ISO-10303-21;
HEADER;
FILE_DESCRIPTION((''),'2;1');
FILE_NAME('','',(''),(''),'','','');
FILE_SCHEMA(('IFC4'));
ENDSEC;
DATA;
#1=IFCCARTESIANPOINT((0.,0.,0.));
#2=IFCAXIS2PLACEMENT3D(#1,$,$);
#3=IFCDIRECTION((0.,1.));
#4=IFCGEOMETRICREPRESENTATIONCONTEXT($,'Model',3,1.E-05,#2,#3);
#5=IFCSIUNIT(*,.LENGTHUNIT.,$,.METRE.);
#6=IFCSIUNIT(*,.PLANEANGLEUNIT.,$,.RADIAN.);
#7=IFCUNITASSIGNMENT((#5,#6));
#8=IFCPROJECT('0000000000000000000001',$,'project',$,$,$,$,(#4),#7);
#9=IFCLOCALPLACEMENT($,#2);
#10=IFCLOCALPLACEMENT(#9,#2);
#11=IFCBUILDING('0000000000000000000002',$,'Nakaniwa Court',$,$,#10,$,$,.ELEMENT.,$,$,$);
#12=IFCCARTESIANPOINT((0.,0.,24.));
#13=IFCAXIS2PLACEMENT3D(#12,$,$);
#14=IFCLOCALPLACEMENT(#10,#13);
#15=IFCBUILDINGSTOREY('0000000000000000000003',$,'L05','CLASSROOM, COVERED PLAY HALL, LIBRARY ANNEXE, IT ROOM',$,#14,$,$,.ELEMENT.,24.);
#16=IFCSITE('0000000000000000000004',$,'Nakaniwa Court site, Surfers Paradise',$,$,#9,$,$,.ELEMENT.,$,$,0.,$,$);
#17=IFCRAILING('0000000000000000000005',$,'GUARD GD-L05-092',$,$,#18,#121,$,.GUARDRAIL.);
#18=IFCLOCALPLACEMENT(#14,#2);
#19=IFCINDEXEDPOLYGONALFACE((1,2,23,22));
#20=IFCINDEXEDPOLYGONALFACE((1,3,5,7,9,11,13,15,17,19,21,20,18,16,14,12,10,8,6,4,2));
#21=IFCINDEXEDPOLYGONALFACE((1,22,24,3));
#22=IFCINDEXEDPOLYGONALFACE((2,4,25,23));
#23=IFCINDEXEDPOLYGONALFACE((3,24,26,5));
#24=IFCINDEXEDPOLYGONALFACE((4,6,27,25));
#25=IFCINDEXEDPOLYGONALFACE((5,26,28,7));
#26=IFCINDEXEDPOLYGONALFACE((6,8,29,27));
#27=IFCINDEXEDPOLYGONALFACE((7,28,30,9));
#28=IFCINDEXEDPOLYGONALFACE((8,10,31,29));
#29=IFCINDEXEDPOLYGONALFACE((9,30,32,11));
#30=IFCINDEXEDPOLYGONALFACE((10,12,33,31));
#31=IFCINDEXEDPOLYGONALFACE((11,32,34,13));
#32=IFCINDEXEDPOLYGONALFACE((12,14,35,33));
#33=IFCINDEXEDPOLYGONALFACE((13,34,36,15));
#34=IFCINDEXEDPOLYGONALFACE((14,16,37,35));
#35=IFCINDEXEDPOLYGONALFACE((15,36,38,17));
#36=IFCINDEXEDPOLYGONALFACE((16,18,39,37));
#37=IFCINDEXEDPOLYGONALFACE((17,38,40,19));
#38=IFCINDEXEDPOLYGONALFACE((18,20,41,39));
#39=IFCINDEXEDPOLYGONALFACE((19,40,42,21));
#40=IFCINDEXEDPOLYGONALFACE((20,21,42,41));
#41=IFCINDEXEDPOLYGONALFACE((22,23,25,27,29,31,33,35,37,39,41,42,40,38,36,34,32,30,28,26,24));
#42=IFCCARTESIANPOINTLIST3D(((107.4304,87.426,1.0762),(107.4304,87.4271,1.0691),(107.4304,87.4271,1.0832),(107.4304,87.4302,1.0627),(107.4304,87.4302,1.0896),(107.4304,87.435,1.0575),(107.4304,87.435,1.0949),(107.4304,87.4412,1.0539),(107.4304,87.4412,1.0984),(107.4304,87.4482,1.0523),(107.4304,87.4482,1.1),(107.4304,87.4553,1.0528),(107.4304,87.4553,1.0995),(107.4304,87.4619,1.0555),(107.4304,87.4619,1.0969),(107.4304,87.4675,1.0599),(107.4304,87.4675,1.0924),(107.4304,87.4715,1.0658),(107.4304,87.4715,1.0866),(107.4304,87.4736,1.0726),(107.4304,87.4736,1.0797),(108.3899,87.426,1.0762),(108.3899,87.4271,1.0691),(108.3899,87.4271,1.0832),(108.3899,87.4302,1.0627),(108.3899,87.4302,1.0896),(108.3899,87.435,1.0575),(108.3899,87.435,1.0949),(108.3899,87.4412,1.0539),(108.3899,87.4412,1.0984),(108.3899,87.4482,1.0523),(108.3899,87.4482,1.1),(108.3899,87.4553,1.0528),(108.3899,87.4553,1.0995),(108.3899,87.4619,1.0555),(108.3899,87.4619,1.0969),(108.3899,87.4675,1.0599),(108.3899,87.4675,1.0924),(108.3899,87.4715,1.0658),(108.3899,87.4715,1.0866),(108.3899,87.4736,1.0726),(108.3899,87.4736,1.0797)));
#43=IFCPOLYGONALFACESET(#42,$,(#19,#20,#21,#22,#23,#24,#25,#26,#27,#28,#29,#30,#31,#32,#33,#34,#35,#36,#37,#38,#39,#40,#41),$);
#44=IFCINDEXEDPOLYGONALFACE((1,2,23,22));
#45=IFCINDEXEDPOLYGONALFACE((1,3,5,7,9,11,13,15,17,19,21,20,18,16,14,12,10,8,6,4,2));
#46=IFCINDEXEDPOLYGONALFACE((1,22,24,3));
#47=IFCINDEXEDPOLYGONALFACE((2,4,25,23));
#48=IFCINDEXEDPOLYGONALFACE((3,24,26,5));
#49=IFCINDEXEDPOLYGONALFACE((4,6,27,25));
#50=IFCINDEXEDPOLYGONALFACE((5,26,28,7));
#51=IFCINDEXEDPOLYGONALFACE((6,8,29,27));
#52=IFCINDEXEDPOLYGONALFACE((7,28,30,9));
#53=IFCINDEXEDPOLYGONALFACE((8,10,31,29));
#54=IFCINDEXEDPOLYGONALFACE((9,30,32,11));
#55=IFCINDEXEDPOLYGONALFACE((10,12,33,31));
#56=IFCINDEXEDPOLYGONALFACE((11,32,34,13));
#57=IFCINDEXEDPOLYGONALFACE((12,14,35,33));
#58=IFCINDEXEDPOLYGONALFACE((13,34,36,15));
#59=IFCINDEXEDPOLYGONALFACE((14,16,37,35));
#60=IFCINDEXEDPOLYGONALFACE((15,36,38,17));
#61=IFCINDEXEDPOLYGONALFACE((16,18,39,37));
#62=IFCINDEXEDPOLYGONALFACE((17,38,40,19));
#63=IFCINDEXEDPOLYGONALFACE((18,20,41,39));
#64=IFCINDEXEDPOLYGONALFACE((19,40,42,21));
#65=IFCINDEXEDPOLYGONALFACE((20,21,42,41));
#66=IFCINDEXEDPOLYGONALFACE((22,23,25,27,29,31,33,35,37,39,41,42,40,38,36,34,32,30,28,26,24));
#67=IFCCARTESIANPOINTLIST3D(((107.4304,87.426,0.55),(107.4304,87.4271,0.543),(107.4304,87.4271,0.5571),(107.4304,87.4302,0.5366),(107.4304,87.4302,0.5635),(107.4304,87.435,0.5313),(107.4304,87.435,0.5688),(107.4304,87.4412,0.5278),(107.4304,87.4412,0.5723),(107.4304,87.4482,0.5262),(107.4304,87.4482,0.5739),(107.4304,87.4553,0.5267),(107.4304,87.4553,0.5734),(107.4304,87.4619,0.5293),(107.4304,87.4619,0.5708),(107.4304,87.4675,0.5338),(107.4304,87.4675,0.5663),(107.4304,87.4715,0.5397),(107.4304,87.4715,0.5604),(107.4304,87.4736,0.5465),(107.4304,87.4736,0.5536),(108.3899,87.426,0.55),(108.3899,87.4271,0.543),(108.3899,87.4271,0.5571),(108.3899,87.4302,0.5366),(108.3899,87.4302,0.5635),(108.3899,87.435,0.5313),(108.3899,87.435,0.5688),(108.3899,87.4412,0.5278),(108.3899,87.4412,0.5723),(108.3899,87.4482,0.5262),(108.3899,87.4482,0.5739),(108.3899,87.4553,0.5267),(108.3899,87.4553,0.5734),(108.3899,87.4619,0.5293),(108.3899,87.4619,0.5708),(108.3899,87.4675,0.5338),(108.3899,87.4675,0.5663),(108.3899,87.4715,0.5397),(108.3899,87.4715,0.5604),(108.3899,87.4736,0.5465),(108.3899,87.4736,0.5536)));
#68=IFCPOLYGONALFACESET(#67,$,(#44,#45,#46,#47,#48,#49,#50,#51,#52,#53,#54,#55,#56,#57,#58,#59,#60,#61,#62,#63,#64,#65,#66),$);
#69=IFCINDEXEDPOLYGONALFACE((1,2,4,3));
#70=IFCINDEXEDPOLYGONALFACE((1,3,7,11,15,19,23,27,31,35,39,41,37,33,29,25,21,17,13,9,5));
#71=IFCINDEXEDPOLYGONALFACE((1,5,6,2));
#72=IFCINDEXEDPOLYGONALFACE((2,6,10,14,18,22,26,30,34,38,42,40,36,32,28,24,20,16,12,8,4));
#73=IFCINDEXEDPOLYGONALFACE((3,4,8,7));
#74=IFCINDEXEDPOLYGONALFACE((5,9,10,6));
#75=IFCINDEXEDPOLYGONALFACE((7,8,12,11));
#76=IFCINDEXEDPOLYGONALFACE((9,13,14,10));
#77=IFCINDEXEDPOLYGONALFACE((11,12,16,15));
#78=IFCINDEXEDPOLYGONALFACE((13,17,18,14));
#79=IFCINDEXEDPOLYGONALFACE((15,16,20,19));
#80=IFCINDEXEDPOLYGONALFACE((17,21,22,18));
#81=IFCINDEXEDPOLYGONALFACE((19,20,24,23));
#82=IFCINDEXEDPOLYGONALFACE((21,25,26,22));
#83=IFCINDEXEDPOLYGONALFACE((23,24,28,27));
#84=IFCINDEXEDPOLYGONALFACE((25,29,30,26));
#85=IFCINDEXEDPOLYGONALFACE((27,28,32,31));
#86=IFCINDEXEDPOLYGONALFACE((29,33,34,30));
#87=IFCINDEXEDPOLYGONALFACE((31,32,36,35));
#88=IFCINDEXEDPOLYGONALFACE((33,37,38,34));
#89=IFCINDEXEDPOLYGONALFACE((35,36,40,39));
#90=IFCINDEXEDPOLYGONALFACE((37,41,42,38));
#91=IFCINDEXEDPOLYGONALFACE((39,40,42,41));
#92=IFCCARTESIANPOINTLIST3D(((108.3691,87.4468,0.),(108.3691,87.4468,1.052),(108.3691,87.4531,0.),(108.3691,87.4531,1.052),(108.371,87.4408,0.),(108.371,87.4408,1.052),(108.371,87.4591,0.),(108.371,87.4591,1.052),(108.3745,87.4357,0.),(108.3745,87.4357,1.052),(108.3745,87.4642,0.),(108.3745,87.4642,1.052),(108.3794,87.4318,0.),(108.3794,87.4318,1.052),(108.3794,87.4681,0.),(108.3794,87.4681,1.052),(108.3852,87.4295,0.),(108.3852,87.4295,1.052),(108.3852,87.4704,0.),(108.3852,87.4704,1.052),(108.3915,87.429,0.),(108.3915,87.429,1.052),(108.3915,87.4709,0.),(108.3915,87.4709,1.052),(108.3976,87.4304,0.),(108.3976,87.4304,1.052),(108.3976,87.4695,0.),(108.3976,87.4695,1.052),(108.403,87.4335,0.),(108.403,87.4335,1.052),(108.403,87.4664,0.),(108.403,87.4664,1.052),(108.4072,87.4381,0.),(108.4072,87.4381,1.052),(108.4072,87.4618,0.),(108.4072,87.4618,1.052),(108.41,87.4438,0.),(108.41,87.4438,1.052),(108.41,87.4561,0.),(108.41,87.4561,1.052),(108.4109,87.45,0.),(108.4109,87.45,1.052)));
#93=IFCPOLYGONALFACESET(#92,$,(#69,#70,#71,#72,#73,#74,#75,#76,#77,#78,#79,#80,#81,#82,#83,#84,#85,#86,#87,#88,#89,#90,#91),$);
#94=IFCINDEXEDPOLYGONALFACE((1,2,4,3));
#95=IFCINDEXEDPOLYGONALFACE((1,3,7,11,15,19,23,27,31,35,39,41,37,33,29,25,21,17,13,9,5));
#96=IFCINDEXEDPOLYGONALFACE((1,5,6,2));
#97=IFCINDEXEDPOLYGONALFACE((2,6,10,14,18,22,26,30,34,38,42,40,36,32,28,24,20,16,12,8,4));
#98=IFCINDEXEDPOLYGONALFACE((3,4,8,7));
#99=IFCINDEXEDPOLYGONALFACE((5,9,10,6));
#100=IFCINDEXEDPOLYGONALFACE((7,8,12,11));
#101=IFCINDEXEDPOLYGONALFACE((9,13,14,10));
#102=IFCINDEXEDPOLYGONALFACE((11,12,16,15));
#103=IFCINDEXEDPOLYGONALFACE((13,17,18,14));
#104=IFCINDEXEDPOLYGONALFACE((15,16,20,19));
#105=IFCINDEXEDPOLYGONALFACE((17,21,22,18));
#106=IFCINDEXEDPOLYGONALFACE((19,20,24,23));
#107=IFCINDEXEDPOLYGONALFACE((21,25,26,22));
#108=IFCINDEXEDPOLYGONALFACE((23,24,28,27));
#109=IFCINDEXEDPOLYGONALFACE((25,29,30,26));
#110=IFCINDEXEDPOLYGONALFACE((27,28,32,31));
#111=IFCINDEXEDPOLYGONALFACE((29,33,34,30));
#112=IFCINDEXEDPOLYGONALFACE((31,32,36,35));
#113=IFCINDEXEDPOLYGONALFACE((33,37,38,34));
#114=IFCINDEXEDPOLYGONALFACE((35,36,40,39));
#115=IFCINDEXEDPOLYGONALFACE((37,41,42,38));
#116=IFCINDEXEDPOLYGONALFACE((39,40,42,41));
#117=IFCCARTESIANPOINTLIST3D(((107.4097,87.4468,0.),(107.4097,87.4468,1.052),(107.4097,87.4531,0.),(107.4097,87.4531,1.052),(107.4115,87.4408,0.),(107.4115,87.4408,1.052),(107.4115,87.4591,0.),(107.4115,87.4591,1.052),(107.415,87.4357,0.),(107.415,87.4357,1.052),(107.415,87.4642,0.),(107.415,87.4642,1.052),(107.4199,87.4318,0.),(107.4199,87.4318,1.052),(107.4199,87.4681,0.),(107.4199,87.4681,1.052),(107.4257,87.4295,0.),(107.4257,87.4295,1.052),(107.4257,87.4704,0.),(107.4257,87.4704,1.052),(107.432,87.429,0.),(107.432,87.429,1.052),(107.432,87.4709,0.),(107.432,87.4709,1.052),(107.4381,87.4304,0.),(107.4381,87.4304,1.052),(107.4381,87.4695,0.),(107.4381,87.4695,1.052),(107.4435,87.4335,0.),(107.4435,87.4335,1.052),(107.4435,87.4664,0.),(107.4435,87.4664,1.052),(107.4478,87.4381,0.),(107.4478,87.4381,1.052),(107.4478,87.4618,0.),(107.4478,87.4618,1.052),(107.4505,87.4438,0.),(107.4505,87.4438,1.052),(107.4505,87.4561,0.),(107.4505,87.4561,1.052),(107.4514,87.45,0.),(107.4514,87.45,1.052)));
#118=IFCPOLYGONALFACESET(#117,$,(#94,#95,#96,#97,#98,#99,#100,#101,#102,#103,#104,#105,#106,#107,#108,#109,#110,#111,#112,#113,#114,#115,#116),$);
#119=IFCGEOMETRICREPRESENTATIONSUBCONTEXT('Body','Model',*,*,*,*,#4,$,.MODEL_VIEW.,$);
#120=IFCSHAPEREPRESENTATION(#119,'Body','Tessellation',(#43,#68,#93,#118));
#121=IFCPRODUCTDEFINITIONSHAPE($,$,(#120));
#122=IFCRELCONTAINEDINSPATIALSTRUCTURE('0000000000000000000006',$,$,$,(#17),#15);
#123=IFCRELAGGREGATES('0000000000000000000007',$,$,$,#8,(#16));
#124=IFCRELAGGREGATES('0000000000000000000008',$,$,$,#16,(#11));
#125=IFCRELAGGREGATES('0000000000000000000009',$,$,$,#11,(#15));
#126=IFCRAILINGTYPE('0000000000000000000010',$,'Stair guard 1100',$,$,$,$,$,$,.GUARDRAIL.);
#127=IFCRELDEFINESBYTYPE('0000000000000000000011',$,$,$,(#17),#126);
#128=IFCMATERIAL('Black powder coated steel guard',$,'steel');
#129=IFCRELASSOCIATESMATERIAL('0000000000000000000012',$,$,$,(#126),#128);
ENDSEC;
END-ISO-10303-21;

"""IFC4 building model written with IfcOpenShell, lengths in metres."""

from ifc_helpers import new_model, si_unit, direction, frame, origin, origin_2d, place, context, subcontext, project, spatial, circle, extrude, material, type_object, element, save


model = new_model("IFC4")

# Units and contexts
model_context = context("Model", 3, precision=1e-05, world=origin(), true_north=direction((0.0, 1.0)))
body_context = subcontext(model_context, "Body", "Model", "MODEL_VIEW")
ifc_project = project(units=[si_unit("LENGTHUNIT", "METRE"), si_unit("PLANEANGLEUNIT", "RADIAN")], contexts=[model_context])

# Site, building, storey
site_placement = place(None, origin())
site = spatial("IfcSite", under=ifc_project, at=site_placement, Name="Nakaniwa Court site, Surfers Paradise", CompositionType="ELEMENT", RefElevation=0.0)
building_placement = place(site_placement, origin())
building = spatial("IfcBuilding", under=site, at=building_placement, Name="Nakaniwa Court", CompositionType="ELEMENT")
storey_placement = place(building_placement, frame((0.0, 0.0, 24.0)))
storey = spatial("IfcBuildingStorey", under=building, at=storey_placement, Name="L05", Description="CLASSROOM, COVERED PLAY HALL, LIBRARY ANNEXE, IT ROOM", CompositionType="ELEMENT", Elevation=24.0)

# Railing
ifc_material_1 = material(Name="Black powder coated steel guard", Category="steel")
railing_type = type_object("IfcRailingType", Name="Stair guard 1100", PredefinedType="GUARDRAIL", material=ifc_material_1)
railing_1_placement = place(storey_placement, frame((108.3899, 87.45, 0.0)))
element("IfcRailing", 1, at=railing_1_placement, inside=storey, type_object=railing_type, Name="GUARD GD-L05-092", PredefinedType="GUARDRAIL", context=body_context, shape_type="SweptSolid", body=[
    extrude(circle(Radius=0.0239, at=origin_2d()), frame((0.0, 0.0, 1.0762), z_axis=(-1.0, 0.0, 0.0), x_axis=(0.0, -1.0, 0.0)), (0.0, 0.0, 1.0), 0.9595),
    extrude(circle(Radius=0.0239, at=origin_2d()), frame((0.0, 0.0, 0.55), z_axis=(-1.0, 0.0, 0.0), x_axis=(0.0, -1.0, 0.0)), (0.0, 0.0, 1.0), 0.9595),
    extrude(circle(Radius=0.021, at=origin_2d()), origin(), (0.0, 0.0, 1.0), 1.052),
    extrude(circle(Radius=0.021, at=origin_2d()), frame((-0.9595, 0.0, 0.0)), (0.0, 0.0, 1.0), 1.052),
])

save(model, "model.ifc")
